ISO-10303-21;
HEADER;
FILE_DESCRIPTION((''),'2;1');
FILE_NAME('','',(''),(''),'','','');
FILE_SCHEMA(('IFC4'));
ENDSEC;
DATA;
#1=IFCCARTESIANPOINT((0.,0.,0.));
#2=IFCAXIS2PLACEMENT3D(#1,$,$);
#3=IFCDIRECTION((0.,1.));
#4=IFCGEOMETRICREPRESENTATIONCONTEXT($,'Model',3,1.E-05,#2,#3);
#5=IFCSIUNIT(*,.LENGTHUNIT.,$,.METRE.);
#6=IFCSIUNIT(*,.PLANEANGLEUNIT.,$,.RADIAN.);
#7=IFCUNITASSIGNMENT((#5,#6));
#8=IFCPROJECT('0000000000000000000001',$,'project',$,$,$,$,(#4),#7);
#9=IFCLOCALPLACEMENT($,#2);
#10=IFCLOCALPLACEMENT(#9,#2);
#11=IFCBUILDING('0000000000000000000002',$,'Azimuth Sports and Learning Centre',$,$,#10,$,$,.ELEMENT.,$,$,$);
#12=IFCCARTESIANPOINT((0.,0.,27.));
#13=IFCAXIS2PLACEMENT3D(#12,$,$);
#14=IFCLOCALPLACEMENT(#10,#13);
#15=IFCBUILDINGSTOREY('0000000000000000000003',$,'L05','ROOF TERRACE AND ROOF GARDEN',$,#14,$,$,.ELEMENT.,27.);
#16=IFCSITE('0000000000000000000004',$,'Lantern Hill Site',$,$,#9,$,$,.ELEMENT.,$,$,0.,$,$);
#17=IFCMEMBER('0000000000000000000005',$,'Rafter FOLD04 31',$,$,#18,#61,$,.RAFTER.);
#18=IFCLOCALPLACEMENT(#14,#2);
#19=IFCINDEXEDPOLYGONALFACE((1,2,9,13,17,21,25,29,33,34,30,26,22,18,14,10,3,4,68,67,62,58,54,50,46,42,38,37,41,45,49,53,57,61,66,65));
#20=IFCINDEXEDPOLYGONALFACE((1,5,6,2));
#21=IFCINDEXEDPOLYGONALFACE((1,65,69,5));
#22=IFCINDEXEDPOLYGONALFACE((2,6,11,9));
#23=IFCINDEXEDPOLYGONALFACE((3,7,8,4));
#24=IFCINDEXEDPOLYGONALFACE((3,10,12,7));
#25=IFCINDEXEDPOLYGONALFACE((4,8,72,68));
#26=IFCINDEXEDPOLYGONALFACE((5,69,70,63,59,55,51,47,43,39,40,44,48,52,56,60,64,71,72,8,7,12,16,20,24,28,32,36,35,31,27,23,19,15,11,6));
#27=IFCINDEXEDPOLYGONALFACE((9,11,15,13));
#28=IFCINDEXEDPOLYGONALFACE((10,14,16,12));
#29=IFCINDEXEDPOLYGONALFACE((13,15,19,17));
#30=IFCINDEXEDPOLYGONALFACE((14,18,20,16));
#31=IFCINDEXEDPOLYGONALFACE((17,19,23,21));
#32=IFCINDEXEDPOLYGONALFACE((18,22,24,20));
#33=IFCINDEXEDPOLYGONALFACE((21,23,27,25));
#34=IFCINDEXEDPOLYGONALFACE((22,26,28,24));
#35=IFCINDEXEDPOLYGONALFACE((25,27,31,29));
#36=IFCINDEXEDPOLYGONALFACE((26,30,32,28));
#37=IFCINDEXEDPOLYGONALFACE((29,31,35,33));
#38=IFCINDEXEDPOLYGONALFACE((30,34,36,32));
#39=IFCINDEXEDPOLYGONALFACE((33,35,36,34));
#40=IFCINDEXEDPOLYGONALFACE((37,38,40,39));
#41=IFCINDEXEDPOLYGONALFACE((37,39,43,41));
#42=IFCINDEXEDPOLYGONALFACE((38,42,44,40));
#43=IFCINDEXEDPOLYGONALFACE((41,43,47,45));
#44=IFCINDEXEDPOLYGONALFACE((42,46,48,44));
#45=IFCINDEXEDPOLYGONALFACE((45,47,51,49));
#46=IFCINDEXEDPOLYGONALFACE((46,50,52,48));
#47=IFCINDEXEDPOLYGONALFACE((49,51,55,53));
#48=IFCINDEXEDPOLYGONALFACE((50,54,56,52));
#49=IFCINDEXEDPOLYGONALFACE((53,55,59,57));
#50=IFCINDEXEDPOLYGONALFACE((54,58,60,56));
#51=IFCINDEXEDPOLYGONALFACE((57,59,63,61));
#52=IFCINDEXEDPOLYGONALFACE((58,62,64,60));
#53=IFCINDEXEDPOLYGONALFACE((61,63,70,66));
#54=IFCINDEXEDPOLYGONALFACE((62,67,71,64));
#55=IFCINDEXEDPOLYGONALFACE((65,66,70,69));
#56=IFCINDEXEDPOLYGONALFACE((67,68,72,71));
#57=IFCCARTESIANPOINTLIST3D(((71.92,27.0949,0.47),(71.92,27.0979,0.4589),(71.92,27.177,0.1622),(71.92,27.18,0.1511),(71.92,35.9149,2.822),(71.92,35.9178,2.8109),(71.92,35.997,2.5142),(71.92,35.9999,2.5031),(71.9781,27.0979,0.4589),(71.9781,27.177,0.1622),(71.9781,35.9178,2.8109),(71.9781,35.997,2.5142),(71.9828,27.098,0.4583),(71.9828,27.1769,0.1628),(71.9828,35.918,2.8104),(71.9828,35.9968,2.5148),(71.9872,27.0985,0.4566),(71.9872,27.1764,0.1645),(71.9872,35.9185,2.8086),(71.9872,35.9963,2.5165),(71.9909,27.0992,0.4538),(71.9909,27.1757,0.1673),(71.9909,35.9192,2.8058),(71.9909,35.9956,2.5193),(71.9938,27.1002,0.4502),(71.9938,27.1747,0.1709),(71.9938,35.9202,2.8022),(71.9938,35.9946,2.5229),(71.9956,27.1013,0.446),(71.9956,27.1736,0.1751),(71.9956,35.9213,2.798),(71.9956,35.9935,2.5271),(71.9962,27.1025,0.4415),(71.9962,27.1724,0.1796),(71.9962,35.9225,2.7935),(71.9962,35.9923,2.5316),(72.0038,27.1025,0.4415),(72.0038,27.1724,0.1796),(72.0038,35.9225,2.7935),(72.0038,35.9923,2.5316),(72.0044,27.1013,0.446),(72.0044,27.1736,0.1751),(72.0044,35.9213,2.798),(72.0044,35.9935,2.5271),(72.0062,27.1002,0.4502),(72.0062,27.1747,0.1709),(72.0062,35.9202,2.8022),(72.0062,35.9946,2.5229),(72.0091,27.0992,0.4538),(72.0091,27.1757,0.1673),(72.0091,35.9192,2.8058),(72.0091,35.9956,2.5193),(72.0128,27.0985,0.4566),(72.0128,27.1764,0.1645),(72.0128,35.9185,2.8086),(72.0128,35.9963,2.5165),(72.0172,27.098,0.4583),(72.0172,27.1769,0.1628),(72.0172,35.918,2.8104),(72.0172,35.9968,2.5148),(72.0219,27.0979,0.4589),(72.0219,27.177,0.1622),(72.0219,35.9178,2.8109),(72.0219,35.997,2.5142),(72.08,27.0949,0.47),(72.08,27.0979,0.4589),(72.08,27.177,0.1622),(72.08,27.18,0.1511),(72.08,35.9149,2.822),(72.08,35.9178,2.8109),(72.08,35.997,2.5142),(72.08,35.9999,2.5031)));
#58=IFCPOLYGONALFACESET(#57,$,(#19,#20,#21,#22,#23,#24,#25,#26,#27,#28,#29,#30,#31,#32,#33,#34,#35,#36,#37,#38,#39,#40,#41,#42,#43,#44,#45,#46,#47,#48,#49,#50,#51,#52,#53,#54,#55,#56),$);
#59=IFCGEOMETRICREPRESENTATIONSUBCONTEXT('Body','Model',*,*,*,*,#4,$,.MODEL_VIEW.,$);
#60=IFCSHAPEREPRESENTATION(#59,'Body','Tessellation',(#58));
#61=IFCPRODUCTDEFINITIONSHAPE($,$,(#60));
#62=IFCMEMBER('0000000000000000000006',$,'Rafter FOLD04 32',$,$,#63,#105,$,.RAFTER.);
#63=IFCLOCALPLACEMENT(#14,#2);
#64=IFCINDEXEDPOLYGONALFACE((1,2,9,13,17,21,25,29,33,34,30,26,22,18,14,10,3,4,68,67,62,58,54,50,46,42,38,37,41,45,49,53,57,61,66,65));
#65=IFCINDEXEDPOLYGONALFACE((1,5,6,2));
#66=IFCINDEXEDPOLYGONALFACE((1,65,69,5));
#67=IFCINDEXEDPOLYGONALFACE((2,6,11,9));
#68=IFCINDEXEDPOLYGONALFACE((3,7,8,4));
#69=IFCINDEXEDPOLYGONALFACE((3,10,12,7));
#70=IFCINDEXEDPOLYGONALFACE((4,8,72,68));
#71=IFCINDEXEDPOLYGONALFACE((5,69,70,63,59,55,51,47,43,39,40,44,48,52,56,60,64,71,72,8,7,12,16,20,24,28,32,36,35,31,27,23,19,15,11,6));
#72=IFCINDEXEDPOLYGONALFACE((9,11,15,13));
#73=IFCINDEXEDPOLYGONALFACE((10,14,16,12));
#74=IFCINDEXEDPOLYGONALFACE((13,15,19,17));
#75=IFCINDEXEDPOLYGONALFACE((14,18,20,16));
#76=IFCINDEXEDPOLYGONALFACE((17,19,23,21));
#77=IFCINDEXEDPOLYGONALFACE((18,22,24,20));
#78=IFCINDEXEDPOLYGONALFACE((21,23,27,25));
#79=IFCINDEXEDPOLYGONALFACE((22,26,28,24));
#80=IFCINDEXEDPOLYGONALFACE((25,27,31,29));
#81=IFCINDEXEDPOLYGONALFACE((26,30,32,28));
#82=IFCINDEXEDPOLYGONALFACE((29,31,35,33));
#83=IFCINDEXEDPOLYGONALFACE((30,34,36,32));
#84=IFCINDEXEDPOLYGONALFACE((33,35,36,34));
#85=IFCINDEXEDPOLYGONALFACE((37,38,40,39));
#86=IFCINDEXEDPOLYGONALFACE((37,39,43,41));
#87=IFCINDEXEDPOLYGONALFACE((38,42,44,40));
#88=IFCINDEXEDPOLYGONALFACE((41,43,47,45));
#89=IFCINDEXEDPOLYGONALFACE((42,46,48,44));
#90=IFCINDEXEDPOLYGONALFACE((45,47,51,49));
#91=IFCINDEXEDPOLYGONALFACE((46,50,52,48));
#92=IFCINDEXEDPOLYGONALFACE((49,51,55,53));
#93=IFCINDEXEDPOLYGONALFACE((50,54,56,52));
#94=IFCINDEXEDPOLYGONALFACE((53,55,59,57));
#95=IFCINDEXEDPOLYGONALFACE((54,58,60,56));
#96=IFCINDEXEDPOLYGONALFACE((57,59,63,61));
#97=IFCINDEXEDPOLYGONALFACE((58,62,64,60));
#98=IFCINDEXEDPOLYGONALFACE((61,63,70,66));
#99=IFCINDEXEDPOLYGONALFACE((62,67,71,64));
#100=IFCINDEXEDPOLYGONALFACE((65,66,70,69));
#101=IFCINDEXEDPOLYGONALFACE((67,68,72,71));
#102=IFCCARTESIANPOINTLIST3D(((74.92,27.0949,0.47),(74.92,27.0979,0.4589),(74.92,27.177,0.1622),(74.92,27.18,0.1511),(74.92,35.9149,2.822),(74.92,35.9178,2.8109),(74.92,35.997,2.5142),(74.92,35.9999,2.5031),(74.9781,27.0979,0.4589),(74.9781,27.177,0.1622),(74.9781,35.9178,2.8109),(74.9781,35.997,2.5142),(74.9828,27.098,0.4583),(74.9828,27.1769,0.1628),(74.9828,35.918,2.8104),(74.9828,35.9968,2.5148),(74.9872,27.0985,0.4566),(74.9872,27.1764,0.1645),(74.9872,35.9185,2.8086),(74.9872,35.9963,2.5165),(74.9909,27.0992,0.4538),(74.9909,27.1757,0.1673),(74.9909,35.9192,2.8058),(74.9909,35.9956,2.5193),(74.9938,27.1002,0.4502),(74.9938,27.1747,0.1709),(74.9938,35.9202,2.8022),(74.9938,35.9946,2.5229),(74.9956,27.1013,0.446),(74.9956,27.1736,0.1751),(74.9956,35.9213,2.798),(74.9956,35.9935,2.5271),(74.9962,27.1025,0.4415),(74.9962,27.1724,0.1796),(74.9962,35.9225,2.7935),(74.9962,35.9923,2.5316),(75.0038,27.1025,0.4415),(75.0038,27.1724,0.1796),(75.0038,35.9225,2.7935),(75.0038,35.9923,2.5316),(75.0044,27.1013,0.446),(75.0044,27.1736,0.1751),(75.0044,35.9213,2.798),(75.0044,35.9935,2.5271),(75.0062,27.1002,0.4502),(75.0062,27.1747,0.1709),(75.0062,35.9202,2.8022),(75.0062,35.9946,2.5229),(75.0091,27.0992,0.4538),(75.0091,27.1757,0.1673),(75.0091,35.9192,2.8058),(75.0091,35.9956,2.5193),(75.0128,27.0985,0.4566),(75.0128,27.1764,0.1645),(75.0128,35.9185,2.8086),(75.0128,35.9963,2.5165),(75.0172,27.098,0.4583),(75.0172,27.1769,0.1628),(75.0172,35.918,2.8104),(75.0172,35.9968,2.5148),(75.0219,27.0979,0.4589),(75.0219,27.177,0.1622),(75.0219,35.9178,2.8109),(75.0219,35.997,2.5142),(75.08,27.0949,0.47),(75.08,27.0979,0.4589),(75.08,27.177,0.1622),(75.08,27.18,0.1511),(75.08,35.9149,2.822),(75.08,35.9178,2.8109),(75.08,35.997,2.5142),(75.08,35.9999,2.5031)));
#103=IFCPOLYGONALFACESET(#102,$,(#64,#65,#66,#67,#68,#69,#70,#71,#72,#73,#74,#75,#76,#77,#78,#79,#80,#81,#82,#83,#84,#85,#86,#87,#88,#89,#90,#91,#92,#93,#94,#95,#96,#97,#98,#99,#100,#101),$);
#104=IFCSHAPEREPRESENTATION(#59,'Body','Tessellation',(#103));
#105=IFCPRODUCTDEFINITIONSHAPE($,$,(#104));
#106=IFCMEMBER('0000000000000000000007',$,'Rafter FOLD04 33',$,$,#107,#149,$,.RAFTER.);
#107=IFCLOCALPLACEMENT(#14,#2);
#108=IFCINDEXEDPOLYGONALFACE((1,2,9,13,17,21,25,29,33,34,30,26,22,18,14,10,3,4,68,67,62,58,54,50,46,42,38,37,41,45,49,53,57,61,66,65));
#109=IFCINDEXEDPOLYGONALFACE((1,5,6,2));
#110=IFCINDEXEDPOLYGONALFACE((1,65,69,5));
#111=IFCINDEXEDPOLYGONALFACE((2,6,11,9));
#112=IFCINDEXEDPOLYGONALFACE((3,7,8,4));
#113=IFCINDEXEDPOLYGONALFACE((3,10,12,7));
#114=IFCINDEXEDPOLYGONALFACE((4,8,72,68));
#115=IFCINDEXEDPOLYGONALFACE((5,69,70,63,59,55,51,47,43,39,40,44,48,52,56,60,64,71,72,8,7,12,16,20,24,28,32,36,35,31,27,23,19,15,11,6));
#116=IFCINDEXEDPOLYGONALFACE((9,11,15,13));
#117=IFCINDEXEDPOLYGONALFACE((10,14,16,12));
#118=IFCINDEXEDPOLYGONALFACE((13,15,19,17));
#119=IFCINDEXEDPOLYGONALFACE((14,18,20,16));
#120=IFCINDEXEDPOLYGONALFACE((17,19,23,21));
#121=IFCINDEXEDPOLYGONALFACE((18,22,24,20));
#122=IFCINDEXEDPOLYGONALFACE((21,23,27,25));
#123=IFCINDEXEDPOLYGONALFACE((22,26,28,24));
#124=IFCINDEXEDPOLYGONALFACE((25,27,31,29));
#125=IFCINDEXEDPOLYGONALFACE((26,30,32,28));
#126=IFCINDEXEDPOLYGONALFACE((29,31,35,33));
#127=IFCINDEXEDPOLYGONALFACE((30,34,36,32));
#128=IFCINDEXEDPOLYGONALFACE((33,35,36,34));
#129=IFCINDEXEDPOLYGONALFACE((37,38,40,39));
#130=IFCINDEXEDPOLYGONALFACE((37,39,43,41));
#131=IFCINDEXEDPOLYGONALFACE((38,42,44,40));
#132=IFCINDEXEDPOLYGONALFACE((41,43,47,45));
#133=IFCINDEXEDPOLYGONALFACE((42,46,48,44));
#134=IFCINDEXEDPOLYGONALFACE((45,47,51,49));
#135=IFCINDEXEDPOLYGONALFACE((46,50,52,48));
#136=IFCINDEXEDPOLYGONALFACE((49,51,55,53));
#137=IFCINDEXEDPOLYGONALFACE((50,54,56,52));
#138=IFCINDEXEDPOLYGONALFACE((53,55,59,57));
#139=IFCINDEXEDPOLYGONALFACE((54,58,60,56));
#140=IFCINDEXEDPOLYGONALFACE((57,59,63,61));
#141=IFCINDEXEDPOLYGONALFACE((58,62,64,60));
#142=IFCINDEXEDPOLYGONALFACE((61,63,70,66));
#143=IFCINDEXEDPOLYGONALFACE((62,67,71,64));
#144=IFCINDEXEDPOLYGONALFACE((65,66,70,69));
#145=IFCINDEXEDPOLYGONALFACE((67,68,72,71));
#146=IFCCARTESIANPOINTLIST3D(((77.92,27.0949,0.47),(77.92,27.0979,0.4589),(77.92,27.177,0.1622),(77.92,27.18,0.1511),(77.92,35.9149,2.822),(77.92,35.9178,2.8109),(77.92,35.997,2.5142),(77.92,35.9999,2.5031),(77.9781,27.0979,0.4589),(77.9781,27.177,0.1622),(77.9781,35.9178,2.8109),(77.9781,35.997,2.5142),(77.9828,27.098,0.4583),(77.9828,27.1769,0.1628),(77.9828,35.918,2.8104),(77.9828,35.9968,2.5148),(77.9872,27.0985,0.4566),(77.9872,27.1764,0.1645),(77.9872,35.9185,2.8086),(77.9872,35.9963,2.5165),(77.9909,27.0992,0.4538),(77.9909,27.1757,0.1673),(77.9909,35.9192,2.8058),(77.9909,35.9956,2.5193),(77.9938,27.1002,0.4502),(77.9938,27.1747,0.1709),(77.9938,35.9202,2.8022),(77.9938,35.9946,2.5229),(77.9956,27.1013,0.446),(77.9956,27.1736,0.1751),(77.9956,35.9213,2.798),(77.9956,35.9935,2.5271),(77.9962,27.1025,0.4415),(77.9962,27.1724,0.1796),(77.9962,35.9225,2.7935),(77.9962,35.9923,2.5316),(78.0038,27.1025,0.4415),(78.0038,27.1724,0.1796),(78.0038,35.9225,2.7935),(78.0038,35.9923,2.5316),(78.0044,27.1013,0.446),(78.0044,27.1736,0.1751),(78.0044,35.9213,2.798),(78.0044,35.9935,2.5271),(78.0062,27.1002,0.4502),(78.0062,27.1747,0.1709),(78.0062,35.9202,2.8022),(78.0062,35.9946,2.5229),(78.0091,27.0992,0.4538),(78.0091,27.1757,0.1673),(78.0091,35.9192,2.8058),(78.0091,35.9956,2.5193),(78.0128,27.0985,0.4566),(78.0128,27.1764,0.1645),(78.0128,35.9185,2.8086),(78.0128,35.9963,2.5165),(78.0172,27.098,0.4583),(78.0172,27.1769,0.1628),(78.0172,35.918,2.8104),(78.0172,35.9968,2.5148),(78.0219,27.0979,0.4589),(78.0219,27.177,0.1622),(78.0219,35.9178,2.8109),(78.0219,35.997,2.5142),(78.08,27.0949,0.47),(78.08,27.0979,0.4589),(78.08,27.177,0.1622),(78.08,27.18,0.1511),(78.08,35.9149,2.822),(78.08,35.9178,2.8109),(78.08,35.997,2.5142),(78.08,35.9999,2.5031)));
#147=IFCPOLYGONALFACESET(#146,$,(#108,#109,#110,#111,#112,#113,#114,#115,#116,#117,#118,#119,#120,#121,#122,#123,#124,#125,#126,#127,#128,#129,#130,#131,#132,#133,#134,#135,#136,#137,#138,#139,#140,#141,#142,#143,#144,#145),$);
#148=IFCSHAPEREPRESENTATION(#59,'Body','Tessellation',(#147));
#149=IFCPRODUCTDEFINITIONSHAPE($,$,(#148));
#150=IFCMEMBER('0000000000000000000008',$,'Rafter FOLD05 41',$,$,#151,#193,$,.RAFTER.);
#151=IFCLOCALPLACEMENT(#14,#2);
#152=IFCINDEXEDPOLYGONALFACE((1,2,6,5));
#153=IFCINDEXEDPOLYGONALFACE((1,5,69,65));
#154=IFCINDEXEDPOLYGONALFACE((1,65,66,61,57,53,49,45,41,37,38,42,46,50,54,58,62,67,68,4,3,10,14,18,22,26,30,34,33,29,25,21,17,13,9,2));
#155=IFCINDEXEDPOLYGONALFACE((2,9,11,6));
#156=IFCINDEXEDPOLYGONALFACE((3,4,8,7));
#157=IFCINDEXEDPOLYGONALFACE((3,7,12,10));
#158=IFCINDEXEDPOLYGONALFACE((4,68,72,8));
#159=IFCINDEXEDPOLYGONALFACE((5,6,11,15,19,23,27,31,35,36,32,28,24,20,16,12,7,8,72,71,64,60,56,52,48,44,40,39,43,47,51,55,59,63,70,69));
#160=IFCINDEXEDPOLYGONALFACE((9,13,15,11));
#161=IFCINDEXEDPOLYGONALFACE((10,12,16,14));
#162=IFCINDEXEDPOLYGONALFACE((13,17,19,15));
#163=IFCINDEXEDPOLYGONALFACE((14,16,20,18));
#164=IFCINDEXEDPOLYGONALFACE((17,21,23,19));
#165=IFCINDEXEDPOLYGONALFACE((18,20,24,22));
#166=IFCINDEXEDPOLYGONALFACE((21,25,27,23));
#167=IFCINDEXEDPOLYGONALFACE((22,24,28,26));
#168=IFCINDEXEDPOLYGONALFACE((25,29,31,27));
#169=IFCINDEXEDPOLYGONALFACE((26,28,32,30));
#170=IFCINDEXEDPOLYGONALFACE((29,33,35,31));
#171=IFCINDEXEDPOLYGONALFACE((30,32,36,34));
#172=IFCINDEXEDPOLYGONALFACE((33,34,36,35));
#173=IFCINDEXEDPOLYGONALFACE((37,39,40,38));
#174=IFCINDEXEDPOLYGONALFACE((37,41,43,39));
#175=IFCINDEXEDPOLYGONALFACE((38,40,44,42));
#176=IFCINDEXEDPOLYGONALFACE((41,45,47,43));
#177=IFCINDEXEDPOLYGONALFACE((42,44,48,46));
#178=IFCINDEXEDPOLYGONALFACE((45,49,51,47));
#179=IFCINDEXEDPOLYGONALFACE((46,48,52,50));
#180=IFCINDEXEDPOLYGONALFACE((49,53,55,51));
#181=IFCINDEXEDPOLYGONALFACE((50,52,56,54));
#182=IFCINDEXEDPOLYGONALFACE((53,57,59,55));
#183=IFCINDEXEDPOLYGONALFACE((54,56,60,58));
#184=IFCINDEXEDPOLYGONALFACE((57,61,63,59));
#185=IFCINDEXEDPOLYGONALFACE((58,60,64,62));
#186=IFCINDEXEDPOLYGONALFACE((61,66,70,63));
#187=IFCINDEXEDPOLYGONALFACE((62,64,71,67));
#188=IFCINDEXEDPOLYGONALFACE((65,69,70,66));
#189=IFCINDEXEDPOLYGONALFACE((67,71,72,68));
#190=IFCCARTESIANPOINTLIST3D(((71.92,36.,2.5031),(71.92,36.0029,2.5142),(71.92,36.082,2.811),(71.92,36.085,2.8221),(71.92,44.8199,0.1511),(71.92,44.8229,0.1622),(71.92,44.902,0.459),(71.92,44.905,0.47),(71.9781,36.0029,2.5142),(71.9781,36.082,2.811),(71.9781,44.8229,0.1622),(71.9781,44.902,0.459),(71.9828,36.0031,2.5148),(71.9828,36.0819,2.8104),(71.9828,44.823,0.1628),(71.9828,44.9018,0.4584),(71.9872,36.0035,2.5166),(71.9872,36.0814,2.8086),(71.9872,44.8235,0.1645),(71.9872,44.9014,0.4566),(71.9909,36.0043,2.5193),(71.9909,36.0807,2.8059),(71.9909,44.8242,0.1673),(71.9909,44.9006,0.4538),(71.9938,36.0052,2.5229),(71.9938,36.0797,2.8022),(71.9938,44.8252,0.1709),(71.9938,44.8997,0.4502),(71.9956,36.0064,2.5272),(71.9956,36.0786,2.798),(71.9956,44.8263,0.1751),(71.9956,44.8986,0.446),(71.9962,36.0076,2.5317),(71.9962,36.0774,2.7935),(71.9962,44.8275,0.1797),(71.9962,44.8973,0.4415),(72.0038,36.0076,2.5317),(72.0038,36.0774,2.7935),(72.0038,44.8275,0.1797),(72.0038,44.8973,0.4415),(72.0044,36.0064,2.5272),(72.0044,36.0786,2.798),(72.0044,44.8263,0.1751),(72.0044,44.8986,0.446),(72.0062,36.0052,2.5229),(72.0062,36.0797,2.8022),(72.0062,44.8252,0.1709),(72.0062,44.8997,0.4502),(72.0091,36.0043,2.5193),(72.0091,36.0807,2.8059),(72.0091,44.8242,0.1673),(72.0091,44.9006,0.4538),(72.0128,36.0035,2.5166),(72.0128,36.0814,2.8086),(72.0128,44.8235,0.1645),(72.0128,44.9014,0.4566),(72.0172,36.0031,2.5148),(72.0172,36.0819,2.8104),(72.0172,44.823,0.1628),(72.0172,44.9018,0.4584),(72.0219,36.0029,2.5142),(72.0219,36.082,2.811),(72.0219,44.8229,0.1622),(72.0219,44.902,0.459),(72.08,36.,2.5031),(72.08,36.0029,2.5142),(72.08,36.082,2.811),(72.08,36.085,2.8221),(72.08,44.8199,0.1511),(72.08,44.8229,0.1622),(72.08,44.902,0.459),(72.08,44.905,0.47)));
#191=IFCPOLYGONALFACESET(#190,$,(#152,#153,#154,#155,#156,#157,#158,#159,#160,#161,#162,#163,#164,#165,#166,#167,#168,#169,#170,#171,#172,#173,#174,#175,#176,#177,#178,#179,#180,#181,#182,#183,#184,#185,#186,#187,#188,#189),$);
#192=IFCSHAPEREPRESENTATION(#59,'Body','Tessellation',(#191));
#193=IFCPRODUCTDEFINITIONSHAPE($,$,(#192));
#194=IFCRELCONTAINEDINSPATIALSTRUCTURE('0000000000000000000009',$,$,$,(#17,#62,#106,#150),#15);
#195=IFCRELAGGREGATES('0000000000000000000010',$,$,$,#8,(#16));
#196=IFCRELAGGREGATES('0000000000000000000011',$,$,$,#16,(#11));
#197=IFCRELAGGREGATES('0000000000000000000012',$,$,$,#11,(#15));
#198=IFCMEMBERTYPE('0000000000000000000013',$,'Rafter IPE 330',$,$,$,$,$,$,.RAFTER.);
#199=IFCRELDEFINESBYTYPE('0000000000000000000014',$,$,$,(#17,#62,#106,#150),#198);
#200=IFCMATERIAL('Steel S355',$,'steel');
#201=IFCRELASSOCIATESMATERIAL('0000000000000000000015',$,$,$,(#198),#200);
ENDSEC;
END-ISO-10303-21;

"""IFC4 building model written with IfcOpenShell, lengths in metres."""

from ifc_helpers import new_model, si_unit, direction, frame, origin, origin_2d, place, context, subcontext, project, spatial, i_section, extrude, material, material_profile, profile_set, type_object, element, save


model = new_model("IFC4")

# Units and contexts
model_context = context("Model", 3, precision=1e-05, world=origin(), true_north=direction((0.0, 1.0)))
body_context = subcontext(model_context, "Body", "Model", "MODEL_VIEW")
ifc_project = project(units=[si_unit("LENGTHUNIT", "METRE"), si_unit("PLANEANGLEUNIT", "RADIAN")], contexts=[model_context])

# Site, building, storey
site_placement = place(None, origin())
site = spatial("IfcSite", under=ifc_project, at=site_placement, Name="Lantern Hill Site", CompositionType="ELEMENT", RefElevation=0.0)
building_placement = place(site_placement, origin())
building = spatial("IfcBuilding", under=site, at=building_placement, Name="Azimuth Sports and Learning Centre", CompositionType="ELEMENT")
storey_placement = place(building_placement, frame((0.0, 0.0, 27.0)))
storey = spatial("IfcBuildingStorey", under=building, at=storey_placement, Name="L05", Description="ROOF TERRACE AND ROOF GARDEN", CompositionType="ELEMENT", Elevation=27.0)

# Members
ifc_material_1 = material(Name="Steel S355", Category="steel")
ifc_material_profile_1 = material_profile(ifc_material_1, i_section(OverallWidth=0.1599, OverallDepth=0.3301, WebThickness=0.0076, FlangeThickness=0.0115, FilletRadius=0.0181, at=origin_2d()), Name="IPE 330")
ifc_profile_set_1 = profile_set([ifc_material_profile_1], Name="Steel S355")
member_type_1 = type_object("IfcMemberType", Name="Rafter IPE 330", PredefinedType="RAFTER", material=ifc_profile_set_1)
for number, where, z_axis, x_axis, name in (
    (1, (72.0, 27.1375, 0.3105), (0.0, 0.966234, 0.257666), (-1.0, 0.0, 0.0), "Rafter FOLD04 31"),
    (2, (75.0, 27.1375, 0.3105), (0.0, 0.966234, 0.257666), (-1.0, 0.0, 0.0), "Rafter FOLD04 32"),
    (3, (78.0, 27.1375, 0.3105), (0.0, 0.966234, 0.257666), (-1.0, 0.0, 0.0), "Rafter FOLD04 33"),
    (4, (72.0, 36.0425, 2.6626), (0.0, 0.966234, -0.257666), (-1.0, 0.0, 0.0), "Rafter FOLD05 41"),
):
    element("IfcMember", number, at=place(storey_placement, frame(where, z_axis=z_axis, x_axis=x_axis)), inside=storey, type_object=member_type_1, Name=name, PredefinedType="RAFTER", context=body_context, shape_type="SweptSolid", body=[
        extrude(i_section(OverallWidth=0.1599, OverallDepth=0.3301, WebThickness=0.0076, FlangeThickness=0.0115, FilletRadius=0.0181, at=origin_2d()), origin(), (0.0, 0.0, 1.0), 9.1282),
    ])

save(model, "model.ifc")
